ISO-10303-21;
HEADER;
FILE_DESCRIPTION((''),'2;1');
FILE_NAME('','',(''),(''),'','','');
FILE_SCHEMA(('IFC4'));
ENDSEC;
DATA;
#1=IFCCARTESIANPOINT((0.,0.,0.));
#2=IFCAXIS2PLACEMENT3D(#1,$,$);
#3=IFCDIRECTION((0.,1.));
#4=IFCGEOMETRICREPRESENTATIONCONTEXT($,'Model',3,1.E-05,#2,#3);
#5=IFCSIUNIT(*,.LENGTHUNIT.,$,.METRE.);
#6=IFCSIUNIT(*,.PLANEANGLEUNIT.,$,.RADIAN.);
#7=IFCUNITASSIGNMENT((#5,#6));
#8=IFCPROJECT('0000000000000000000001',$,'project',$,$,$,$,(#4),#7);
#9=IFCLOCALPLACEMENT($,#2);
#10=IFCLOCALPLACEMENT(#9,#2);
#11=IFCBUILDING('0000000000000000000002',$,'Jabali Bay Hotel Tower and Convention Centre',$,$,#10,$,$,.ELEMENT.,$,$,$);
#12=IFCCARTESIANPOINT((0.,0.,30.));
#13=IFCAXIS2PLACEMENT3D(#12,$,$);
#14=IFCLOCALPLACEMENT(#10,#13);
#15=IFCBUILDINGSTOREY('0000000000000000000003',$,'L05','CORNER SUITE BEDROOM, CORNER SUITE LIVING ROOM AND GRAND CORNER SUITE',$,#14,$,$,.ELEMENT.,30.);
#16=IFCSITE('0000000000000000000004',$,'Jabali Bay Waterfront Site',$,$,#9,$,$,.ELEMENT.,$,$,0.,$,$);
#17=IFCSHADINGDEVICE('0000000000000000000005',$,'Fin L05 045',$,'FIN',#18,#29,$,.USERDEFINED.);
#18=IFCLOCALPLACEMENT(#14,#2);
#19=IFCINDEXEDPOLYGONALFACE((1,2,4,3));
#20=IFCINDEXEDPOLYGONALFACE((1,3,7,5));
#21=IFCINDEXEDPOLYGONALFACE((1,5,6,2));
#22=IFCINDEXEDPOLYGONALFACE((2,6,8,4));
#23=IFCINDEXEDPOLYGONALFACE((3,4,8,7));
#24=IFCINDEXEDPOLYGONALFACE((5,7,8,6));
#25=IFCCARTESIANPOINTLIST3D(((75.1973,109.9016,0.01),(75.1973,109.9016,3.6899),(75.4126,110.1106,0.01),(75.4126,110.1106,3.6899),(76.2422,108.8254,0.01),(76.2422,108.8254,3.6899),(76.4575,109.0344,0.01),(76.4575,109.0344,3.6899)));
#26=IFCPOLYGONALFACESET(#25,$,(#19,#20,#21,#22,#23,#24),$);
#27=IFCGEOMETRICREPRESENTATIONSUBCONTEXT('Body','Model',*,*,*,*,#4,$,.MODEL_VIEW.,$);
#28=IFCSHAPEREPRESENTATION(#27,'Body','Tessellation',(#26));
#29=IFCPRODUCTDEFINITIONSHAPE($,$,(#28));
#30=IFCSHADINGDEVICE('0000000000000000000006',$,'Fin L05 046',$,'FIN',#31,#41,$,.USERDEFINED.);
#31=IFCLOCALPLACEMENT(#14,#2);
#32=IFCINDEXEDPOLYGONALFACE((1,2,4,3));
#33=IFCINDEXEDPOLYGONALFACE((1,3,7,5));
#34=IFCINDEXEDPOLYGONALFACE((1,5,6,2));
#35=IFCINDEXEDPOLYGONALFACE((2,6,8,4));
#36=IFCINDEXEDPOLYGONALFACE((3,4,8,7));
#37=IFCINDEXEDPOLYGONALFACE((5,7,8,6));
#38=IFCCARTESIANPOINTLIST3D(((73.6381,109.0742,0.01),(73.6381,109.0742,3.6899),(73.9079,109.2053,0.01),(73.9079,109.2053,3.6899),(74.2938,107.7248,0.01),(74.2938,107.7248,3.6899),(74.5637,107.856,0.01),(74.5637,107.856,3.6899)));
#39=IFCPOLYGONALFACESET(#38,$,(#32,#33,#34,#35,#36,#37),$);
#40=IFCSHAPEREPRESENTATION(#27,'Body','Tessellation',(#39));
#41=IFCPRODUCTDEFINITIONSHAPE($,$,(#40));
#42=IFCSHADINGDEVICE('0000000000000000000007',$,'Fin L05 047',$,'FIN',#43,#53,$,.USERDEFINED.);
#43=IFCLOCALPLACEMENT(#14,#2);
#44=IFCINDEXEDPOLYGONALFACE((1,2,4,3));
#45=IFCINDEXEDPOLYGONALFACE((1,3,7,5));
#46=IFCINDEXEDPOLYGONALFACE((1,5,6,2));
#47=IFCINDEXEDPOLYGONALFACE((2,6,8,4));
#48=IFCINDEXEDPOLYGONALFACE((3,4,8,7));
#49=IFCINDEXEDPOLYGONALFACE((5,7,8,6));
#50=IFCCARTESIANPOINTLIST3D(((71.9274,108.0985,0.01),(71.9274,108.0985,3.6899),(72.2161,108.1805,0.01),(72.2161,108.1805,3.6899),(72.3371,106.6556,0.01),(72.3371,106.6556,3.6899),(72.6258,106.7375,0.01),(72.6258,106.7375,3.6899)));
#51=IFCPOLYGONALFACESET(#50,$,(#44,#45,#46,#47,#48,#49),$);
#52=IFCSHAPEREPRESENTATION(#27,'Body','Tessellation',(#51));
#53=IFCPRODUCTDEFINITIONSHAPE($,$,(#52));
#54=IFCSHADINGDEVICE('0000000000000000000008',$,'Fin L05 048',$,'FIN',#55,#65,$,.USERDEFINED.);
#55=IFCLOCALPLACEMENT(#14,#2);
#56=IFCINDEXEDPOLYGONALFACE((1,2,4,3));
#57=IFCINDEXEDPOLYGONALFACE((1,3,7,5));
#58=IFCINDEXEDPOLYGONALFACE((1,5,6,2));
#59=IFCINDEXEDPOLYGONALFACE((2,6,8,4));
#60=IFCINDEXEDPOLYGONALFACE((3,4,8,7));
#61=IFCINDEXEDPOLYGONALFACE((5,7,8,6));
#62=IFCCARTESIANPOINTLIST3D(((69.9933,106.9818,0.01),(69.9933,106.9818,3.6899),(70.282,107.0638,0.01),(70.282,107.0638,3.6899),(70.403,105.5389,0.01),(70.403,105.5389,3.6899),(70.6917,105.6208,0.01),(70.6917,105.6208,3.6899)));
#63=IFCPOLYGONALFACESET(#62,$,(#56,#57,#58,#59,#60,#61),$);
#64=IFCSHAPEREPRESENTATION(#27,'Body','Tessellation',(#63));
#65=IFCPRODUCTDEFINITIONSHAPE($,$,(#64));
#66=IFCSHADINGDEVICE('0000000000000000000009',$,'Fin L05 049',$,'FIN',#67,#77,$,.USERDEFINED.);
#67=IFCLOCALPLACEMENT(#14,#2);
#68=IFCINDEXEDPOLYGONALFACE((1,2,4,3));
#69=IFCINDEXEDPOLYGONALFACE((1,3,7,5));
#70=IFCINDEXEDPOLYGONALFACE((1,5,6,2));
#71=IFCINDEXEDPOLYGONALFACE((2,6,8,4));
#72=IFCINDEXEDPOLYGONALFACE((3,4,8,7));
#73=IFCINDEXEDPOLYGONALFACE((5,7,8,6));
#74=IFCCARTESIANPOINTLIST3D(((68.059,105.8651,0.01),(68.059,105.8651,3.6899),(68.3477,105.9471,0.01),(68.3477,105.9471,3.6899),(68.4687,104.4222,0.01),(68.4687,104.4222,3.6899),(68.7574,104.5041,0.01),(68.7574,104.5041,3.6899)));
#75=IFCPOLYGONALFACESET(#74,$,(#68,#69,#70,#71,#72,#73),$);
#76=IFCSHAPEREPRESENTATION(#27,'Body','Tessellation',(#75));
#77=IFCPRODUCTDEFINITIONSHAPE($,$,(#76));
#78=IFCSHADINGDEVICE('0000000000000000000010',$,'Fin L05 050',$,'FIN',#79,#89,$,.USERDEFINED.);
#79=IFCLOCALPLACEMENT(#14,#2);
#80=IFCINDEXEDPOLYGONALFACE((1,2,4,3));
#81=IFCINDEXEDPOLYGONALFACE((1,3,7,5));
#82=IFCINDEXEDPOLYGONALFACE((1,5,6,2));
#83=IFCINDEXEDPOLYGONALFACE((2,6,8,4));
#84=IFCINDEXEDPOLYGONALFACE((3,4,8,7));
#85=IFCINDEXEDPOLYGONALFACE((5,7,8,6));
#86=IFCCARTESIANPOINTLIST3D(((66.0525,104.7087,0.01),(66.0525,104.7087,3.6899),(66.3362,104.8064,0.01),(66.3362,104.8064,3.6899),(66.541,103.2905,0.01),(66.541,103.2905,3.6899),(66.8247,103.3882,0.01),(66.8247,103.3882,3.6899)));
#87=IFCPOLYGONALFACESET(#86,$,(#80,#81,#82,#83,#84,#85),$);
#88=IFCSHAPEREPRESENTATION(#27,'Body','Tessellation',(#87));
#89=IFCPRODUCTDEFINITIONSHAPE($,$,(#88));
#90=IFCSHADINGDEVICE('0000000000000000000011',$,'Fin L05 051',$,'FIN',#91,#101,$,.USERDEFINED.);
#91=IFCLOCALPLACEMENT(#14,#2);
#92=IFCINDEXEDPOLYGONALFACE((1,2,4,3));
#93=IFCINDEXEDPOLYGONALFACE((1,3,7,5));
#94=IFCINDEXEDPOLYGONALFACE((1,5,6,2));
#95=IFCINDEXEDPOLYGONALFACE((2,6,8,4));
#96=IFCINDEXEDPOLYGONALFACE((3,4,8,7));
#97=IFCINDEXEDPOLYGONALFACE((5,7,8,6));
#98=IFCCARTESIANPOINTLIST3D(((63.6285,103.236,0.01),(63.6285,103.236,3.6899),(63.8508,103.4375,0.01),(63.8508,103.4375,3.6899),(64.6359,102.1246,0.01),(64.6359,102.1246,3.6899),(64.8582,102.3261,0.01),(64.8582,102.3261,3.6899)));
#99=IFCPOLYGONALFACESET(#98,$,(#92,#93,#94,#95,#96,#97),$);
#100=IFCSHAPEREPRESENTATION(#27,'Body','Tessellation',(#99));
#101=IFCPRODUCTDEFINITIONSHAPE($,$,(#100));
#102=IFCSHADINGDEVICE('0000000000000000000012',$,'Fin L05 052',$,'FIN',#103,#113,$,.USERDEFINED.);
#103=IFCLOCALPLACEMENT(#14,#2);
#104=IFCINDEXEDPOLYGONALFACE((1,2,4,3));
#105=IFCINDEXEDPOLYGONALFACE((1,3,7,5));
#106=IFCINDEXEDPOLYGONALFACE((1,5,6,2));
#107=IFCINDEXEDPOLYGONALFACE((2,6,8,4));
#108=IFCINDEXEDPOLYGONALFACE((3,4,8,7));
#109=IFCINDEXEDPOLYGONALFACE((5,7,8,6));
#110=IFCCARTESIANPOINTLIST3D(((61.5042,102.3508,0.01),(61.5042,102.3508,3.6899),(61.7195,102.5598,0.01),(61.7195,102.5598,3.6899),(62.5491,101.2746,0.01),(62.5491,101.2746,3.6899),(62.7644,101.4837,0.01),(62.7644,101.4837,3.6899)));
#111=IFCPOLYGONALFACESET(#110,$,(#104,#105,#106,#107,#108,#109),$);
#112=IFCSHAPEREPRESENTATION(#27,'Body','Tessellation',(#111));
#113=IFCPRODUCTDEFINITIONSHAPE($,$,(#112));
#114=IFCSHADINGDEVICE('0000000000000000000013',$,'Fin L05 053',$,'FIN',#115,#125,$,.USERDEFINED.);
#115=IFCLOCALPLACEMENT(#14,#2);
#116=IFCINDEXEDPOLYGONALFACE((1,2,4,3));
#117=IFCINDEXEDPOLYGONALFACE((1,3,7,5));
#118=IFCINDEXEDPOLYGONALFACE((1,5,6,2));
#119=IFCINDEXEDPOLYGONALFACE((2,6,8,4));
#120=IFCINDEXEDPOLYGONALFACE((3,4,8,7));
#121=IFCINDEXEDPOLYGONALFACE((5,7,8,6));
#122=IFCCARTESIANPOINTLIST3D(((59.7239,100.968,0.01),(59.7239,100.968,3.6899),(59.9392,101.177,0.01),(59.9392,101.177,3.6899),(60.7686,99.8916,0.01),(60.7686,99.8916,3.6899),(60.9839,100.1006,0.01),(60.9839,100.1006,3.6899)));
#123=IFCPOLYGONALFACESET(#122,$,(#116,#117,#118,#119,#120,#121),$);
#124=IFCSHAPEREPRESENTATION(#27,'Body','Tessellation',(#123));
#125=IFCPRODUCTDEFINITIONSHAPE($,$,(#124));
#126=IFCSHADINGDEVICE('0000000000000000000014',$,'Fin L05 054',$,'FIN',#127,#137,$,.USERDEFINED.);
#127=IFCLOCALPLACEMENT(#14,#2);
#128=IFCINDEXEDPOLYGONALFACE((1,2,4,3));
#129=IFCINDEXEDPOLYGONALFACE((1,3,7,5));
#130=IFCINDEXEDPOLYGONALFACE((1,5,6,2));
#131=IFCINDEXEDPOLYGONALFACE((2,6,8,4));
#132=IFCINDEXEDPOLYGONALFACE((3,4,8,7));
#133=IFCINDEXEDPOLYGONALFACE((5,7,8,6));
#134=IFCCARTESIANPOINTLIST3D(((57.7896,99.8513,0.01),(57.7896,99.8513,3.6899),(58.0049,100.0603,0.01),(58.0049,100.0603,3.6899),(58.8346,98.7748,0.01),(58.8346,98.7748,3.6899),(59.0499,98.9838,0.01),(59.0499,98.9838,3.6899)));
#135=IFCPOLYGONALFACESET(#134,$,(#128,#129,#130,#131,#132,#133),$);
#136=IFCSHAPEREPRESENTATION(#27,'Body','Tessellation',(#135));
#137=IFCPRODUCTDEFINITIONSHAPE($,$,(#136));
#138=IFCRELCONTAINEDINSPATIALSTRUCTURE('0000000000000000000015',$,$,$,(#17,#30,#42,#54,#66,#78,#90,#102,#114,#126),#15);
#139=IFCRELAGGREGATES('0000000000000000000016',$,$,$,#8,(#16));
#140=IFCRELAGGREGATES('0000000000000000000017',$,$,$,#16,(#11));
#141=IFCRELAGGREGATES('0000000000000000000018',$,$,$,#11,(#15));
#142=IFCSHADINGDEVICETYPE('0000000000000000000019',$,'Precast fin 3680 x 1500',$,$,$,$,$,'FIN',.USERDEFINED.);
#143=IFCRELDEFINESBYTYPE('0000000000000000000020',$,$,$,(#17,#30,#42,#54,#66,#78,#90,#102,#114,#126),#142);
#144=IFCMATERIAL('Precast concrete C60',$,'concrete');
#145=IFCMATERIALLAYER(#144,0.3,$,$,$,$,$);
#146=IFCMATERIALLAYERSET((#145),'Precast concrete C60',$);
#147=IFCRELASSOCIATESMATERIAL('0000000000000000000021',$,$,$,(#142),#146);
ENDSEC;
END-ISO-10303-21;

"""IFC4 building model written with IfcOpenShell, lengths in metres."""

from ifc_helpers import new_model, si_unit, direction, frame, frame_2d, origin, place, context, subcontext, project, spatial, rectangle, extrude, material, layer, layer_set, type_object, element, save


model = new_model("IFC4")

# Units and contexts
model_context = context("Model", 3, precision=1e-05, world=origin(), true_north=direction((0.0, 1.0)))
body_context = subcontext(model_context, "Body", "Model", "MODEL_VIEW")
ifc_project = project(units=[si_unit("LENGTHUNIT", "METRE"), si_unit("PLANEANGLEUNIT", "RADIAN")], contexts=[model_context])

# Site, building, storey
site_placement = place(None, origin())
site = spatial("IfcSite", under=ifc_project, at=site_placement, Name="Jabali Bay Waterfront Site", CompositionType="ELEMENT", RefElevation=0.0)
building_placement = place(site_placement, origin())
building = spatial("IfcBuilding", under=site, at=building_placement, Name="Jabali Bay Hotel Tower and Convention Centre", CompositionType="ELEMENT")
storey_placement = place(building_placement, frame((0.0, 0.0, 30.0)))
storey = spatial("IfcBuildingStorey", under=building, at=storey_placement, Name="L05", Description="CORNER SUITE BEDROOM, CORNER SUITE LIVING ROOM AND GRAND CORNER SUITE", CompositionType="ELEMENT", Elevation=30.0)

# Shading devices
ifc_material_1 = material(Name="Precast concrete C60", Category="concrete")
ifc_layer_1 = layer(ifc_material_1, 0.3)
ifc_layer_set_1 = layer_set([ifc_layer_1], Name="Precast concrete C60")
shading_device_type = type_object("IfcShadingDeviceType", Name="Precast fin 3680 x 1500", ElementType="FIN", PredefinedType="USERDEFINED", material=ifc_layer_set_1)
shading_device_1_placement = place(storey_placement, frame((76.3499, 108.9299, 0.01), z_axis=(0.0, 0.0, 1.0), x_axis=(-0.696613, 0.717447, 0.0)))
element("IfcShadingDevice", 1, at=shading_device_1_placement, inside=storey, type_object=shading_device_type, Name="Fin L05 045", ObjectType="FIN", PredefinedType="USERDEFINED", context=body_context, shape_type="SweptSolid", body=[
    extrude(rectangle(XDim=1.5, YDim=0.3, at=frame_2d((0.75, 0.0))), origin(), (0.0, 0.0, 1.0), 3.6799),
])
shading_device_2_placement = place(storey_placement, frame((74.4287, 107.7905, 0.01), z_axis=(0.0, 0.0, 1.0), x_axis=(-0.437096, 0.899415, 0.0)))
element("IfcShadingDevice", 2, at=shading_device_2_placement, inside=storey, type_object=shading_device_type, Name="Fin L05 046", ObjectType="FIN", PredefinedType="USERDEFINED", context=body_context, shape_type="SweptSolid", body=[
    extrude(rectangle(XDim=1.5002, YDim=0.3, at=frame_2d((0.75, 0.0))), origin(), (0.0, 0.0, 1.0), 3.6799),
])
for number, where, z_axis, x_axis, name in (
    (3, (72.4814, 106.6965, 0.01), (0.0, 0.0, 1.0), (-0.27313, 0.961977, 0.0), "Fin L05 047"),
    (4, (70.5474, 105.5798, 0.01), (0.0, 0.0, 1.0), (-0.27313, 0.961977, 0.0), "Fin L05 048"),
    (5, (68.613, 104.4631, 0.01), (0.0, 0.0, 1.0), (-0.27313, 0.961977, 0.0), "Fin L05 049"),
    (6, (66.6829, 103.3394, 0.01), (0.0, 0.0, 1.0), (-0.325685, 0.945478, 0.0), "Fin L05 050"),
    (7, (64.7471, 102.2253, 0.01), (0.0, 0.0, 1.0), (-0.671586, 0.740926, 0.0), "Fin L05 051"),
    (8, (62.6567, 101.3792, 0.01), (0.0, 0.0, 1.0), (-0.696613, 0.717447, 0.0), "Fin L05 052"),
    (9, (60.8762, 99.9961, 0.01), (0.0, 0.0, 1.0), (-0.696448, 0.717607, 0.0), "Fin L05 053"),
):
    element("IfcShadingDevice", number, at=place(storey_placement, frame(where, z_axis=z_axis, x_axis=x_axis)), inside=storey, type_object=shading_device_type, Name=name, ObjectType="FIN", PredefinedType="USERDEFINED", context=body_context, shape_type="SweptSolid", body=[
        extrude(rectangle(XDim=1.5, YDim=0.3, at=frame_2d((0.75, 0.0))), origin(), (0.0, 0.0, 1.0), 3.6799),
    ])
shading_device_3_placement = place(storey_placement, frame((58.9421, 98.8794, 0.01), z_axis=(0.0, 0.0, 1.0), x_axis=(-0.696532, 0.717526, 0.0)))
element("IfcShadingDevice", 10, at=shading_device_3_placement, inside=storey, type_object=shading_device_type, Name="Fin L05 054", ObjectType="FIN", PredefinedType="USERDEFINED", context=body_context, shape_type="SweptSolid", body=[
    extrude(rectangle(XDim=1.5002, YDim=0.3, at=frame_2d((0.75, 0.0))), origin(), (0.0, 0.0, 1.0), 3.6799),
])

save(model, "model.ifc")
